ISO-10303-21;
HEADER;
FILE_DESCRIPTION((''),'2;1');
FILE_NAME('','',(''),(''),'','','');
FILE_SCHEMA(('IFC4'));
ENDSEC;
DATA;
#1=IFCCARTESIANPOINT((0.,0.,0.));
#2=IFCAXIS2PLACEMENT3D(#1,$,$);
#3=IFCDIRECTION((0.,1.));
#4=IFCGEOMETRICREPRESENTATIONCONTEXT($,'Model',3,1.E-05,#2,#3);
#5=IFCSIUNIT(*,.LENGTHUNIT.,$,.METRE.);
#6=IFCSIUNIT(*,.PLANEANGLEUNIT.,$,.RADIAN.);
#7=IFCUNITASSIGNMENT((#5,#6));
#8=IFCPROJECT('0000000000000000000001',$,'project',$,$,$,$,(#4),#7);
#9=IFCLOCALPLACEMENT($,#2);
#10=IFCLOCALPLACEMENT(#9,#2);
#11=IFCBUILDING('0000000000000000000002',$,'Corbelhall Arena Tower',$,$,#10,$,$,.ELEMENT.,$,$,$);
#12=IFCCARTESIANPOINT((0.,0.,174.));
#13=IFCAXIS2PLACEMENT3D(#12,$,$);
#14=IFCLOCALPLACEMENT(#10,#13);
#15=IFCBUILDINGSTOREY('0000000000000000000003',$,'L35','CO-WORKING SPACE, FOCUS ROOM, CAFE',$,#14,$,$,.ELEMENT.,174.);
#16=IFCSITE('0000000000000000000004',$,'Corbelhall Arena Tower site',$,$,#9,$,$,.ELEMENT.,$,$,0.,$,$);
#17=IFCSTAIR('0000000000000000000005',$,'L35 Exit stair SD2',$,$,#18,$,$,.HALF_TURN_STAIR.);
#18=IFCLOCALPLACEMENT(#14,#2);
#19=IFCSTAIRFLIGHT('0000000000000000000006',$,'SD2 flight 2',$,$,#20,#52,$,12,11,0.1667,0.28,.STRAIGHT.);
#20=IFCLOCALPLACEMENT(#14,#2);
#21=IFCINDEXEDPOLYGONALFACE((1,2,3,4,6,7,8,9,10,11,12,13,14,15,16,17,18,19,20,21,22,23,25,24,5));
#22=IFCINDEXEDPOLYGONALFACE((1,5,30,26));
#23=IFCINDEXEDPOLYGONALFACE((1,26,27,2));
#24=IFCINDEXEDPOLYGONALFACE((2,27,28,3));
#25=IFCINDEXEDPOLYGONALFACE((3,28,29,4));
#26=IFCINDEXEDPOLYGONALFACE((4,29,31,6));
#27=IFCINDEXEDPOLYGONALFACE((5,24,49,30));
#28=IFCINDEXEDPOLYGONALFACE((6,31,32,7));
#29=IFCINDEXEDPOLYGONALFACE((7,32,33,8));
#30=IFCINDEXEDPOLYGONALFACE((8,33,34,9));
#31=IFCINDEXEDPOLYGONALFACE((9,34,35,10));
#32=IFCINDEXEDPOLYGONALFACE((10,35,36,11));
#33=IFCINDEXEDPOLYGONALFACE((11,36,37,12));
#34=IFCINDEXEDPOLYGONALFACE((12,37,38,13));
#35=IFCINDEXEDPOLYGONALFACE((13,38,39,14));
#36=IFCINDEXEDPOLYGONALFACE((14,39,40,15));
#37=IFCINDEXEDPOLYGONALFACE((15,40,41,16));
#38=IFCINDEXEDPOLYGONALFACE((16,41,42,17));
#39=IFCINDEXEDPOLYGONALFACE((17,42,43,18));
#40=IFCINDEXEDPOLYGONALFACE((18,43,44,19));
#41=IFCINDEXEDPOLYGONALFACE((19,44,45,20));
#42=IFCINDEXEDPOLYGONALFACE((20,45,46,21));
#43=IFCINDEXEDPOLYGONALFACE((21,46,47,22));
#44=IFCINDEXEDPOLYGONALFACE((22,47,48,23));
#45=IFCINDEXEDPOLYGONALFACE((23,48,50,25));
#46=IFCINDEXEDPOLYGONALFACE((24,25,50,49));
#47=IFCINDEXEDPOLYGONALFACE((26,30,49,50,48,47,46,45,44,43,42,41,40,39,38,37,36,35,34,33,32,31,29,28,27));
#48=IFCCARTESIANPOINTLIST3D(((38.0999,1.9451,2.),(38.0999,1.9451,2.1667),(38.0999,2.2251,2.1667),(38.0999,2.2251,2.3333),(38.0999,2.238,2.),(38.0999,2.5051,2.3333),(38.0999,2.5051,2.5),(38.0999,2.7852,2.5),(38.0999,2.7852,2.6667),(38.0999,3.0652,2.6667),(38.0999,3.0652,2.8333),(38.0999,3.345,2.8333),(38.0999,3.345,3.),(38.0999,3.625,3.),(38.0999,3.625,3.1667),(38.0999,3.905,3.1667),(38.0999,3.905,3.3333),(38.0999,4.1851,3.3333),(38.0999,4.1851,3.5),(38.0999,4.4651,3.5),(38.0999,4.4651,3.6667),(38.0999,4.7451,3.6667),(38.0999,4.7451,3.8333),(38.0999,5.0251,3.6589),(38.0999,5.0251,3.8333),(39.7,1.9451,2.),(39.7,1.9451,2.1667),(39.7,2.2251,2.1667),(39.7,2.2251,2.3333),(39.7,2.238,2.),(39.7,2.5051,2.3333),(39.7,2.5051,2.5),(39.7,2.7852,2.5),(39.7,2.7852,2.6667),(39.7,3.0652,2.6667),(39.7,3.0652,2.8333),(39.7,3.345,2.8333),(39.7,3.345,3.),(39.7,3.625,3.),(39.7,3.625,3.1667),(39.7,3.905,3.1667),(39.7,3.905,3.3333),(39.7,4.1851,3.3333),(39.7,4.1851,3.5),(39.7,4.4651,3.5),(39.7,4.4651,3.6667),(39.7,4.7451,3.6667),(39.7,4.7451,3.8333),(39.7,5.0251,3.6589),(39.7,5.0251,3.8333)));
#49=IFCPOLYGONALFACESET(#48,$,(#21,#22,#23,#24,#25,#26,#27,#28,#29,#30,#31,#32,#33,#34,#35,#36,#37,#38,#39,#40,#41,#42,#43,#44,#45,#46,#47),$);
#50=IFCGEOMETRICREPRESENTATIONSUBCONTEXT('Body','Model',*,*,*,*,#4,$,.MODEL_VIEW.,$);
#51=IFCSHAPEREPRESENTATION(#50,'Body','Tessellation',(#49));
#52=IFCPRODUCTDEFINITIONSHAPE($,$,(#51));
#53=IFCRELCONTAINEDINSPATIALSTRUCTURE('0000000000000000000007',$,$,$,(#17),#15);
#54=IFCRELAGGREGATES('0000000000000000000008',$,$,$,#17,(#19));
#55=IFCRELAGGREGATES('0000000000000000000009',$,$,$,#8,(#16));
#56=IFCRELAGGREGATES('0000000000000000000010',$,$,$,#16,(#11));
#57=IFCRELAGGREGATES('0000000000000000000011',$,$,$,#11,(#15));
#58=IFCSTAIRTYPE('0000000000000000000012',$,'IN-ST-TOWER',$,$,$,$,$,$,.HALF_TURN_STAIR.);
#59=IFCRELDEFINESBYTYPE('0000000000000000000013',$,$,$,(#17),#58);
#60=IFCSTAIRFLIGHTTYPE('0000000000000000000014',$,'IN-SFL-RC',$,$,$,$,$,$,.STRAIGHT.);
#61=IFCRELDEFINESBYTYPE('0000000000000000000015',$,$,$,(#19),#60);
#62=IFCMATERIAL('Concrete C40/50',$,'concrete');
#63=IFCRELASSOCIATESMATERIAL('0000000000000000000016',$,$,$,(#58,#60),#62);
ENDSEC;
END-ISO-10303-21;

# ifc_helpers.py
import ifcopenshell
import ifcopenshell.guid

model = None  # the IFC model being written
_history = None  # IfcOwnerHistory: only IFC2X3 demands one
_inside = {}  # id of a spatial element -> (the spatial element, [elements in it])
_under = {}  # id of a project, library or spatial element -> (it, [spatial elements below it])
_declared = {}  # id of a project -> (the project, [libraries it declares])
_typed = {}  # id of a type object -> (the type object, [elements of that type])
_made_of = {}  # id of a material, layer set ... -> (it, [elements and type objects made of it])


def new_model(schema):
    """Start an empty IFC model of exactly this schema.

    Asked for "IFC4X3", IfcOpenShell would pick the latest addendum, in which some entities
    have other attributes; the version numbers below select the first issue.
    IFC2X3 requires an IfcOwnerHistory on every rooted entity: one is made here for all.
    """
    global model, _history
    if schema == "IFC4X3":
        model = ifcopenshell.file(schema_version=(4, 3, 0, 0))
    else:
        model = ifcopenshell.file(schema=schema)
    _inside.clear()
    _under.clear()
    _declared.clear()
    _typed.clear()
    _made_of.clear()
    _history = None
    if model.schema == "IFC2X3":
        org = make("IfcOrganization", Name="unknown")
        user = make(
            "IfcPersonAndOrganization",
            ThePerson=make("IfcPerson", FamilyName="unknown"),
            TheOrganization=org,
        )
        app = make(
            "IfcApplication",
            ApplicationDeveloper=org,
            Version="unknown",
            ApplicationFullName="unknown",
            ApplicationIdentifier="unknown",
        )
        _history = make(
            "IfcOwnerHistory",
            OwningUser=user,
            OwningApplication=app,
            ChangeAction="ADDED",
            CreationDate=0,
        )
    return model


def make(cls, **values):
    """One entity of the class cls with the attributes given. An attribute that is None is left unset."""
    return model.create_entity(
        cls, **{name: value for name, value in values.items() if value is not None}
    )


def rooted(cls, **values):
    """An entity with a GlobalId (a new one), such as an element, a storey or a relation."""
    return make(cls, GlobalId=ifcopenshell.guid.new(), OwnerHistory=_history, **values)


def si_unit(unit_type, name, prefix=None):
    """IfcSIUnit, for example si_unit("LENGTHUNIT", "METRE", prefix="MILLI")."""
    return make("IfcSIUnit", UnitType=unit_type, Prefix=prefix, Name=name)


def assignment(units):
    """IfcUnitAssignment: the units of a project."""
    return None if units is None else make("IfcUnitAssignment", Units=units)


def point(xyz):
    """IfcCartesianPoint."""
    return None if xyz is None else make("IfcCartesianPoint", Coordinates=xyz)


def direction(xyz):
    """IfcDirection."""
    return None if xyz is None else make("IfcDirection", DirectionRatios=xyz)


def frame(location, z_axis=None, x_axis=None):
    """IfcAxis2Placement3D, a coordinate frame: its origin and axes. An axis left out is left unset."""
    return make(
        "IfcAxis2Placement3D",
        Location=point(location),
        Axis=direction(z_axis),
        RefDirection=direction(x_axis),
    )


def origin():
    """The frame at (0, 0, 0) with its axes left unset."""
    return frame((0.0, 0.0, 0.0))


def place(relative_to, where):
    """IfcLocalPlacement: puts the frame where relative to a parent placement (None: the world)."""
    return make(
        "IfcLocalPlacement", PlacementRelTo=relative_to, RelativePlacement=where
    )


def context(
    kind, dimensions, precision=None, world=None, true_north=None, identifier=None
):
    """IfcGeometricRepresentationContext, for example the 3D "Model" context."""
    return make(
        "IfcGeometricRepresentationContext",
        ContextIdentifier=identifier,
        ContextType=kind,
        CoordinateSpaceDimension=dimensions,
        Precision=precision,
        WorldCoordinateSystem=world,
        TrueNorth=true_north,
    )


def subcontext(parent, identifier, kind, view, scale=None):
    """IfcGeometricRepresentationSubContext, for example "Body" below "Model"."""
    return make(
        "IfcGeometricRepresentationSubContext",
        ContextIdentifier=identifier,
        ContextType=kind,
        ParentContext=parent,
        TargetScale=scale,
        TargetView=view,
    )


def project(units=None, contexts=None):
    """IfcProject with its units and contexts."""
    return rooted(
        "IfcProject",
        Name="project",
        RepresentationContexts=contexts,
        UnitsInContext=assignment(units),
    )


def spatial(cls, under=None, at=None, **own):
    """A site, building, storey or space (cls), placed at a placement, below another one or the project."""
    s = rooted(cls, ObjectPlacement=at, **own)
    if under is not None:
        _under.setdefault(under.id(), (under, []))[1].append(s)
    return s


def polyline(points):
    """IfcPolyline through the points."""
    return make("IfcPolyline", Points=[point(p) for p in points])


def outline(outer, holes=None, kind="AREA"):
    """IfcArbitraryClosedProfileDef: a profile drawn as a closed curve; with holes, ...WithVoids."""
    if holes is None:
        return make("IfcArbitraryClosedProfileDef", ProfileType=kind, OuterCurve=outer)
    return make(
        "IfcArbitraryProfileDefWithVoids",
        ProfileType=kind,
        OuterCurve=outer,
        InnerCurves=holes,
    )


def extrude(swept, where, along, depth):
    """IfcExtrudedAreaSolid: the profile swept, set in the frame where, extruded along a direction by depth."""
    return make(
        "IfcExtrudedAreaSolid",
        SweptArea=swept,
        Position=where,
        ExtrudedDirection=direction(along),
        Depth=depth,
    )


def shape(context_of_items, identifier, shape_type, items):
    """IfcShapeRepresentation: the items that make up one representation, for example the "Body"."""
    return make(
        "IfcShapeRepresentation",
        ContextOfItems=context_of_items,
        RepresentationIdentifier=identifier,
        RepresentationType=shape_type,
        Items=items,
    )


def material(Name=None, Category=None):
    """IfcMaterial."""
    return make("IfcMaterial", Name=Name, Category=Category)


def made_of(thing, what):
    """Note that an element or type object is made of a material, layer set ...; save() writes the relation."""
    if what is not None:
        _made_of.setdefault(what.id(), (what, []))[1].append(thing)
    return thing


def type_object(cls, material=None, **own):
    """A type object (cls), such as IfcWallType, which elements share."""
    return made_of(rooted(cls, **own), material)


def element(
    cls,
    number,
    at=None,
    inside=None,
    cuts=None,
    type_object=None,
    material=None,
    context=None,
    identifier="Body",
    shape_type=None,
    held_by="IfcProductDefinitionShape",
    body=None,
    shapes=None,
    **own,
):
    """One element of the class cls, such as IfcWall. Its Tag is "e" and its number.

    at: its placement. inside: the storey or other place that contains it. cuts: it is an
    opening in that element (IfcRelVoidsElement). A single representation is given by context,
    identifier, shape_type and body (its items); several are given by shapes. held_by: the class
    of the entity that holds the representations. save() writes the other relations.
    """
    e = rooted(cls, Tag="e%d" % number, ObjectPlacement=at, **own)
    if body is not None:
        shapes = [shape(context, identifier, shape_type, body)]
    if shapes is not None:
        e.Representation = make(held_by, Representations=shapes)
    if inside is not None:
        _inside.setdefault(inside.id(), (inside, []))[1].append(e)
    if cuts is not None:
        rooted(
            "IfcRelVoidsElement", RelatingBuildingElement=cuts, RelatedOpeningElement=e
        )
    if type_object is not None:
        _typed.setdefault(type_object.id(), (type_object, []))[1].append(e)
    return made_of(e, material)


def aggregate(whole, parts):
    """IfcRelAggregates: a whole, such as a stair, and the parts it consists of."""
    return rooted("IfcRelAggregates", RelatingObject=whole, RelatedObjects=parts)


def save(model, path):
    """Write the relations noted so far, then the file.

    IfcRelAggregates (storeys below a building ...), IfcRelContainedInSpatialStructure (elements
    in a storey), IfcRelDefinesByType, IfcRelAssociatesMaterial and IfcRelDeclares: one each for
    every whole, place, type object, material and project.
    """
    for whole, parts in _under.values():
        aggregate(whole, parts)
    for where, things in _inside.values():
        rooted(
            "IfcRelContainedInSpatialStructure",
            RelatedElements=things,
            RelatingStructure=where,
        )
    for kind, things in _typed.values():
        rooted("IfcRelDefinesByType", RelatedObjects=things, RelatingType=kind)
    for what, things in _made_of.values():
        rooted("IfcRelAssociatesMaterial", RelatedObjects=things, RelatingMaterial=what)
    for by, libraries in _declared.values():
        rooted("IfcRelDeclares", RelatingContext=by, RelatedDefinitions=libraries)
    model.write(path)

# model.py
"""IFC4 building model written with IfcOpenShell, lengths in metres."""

from ifc_helpers import new_model, si_unit, direction, frame, origin, place, context, subcontext, project, spatial, polyline, outline, extrude, material, type_object, element, aggregate, save


model = new_model("IFC4")

# Units and contexts
model_context = context("Model", 3, precision=1e-05, world=origin(), true_north=direction((0.0, 1.0)))
body_context = subcontext(model_context, "Body", "Model", "MODEL_VIEW")
ifc_project = project(units=[si_unit("LENGTHUNIT", "METRE"), si_unit("PLANEANGLEUNIT", "RADIAN")], contexts=[model_context])

# Site, building, storey
site_placement = place(None, origin())
site = spatial("IfcSite", under=ifc_project, at=site_placement, Name="Corbelhall Arena Tower site", CompositionType="ELEMENT", RefElevation=0.0)
building_placement = place(site_placement, origin())
building = spatial("IfcBuilding", under=site, at=building_placement, Name="Corbelhall Arena Tower", CompositionType="ELEMENT")
storey_placement = place(building_placement, frame((0.0, 0.0, 174.0)))
storey = spatial("IfcBuildingStorey", under=building, at=storey_placement, Name="L35", Description="CO-WORKING SPACE, FOCUS ROOM, CAFE", CompositionType="ELEMENT", Elevation=174.0)

# Shared definitions
ifc_material_1 = material(Name="Concrete C40/50", Category="concrete")

# Stair, stair flight
stair_type = type_object("IfcStairType", Name="IN-ST-TOWER", PredefinedType="HALF_TURN_STAIR", material=ifc_material_1)
stair_placement = place(storey_placement, origin())
stair = element("IfcStair", 1, at=stair_placement, inside=storey, type_object=stair_type, Name="L35 Exit stair SD2", PredefinedType="HALF_TURN_STAIR")
stair_flight_type = type_object("IfcStairFlightType", Name="IN-SFL-RC", PredefinedType="STRAIGHT", material=ifc_material_1)
stair_flight_1_placement = place(storey_placement, frame((38.8999, 1.9451, 2.0), z_axis=(0.0, 0.0, 1.0), x_axis=(0.0, 1.0, 0.0)))
stair_flight_1 = element("IfcStairFlight", 2, at=stair_flight_1_placement, type_object=stair_flight_type, Name="SD2 flight 2", NumberOfRisers=12, NumberOfTreads=11, PredefinedType="STRAIGHT", RiserHeight=0.1667, TreadLength=0.28, context=body_context, shape_type="SweptSolid", body=[
    extrude(outline(polyline([(0.0, 0.0), (0.0, 0.1667), (0.28, 0.1667), (0.28, 0.3333), (0.5601, 0.3333), (0.5601, 0.5), (0.8401, 0.5), (0.8401, 0.6667), (1.1201, 0.6667), (1.1201, 0.8333), (1.3999, 0.8333), (1.3999, 1.0), (1.6799, 1.0), (1.6799, 1.1667), (1.96, 1.1667), (1.96, 1.3333), (2.24, 1.3333), (2.24, 1.5), (2.52, 1.5), (2.52, 1.6667), (2.8, 1.6667), (2.8, 1.8333), (3.0801, 1.8333), (3.0801, 2.0), (3.0801, 1.6589), (0.293, 0.0), (0.0, 0.0)])), frame((0.0, 0.8, 0.0), z_axis=(0.0, -1.0, 0.0), x_axis=(1.0, 0.0, 0.0)), (0.0, 0.0, 1.0), 1.6001),
])
aggregate(stair, [stair_flight_1])

save(model, "model.ifc")
